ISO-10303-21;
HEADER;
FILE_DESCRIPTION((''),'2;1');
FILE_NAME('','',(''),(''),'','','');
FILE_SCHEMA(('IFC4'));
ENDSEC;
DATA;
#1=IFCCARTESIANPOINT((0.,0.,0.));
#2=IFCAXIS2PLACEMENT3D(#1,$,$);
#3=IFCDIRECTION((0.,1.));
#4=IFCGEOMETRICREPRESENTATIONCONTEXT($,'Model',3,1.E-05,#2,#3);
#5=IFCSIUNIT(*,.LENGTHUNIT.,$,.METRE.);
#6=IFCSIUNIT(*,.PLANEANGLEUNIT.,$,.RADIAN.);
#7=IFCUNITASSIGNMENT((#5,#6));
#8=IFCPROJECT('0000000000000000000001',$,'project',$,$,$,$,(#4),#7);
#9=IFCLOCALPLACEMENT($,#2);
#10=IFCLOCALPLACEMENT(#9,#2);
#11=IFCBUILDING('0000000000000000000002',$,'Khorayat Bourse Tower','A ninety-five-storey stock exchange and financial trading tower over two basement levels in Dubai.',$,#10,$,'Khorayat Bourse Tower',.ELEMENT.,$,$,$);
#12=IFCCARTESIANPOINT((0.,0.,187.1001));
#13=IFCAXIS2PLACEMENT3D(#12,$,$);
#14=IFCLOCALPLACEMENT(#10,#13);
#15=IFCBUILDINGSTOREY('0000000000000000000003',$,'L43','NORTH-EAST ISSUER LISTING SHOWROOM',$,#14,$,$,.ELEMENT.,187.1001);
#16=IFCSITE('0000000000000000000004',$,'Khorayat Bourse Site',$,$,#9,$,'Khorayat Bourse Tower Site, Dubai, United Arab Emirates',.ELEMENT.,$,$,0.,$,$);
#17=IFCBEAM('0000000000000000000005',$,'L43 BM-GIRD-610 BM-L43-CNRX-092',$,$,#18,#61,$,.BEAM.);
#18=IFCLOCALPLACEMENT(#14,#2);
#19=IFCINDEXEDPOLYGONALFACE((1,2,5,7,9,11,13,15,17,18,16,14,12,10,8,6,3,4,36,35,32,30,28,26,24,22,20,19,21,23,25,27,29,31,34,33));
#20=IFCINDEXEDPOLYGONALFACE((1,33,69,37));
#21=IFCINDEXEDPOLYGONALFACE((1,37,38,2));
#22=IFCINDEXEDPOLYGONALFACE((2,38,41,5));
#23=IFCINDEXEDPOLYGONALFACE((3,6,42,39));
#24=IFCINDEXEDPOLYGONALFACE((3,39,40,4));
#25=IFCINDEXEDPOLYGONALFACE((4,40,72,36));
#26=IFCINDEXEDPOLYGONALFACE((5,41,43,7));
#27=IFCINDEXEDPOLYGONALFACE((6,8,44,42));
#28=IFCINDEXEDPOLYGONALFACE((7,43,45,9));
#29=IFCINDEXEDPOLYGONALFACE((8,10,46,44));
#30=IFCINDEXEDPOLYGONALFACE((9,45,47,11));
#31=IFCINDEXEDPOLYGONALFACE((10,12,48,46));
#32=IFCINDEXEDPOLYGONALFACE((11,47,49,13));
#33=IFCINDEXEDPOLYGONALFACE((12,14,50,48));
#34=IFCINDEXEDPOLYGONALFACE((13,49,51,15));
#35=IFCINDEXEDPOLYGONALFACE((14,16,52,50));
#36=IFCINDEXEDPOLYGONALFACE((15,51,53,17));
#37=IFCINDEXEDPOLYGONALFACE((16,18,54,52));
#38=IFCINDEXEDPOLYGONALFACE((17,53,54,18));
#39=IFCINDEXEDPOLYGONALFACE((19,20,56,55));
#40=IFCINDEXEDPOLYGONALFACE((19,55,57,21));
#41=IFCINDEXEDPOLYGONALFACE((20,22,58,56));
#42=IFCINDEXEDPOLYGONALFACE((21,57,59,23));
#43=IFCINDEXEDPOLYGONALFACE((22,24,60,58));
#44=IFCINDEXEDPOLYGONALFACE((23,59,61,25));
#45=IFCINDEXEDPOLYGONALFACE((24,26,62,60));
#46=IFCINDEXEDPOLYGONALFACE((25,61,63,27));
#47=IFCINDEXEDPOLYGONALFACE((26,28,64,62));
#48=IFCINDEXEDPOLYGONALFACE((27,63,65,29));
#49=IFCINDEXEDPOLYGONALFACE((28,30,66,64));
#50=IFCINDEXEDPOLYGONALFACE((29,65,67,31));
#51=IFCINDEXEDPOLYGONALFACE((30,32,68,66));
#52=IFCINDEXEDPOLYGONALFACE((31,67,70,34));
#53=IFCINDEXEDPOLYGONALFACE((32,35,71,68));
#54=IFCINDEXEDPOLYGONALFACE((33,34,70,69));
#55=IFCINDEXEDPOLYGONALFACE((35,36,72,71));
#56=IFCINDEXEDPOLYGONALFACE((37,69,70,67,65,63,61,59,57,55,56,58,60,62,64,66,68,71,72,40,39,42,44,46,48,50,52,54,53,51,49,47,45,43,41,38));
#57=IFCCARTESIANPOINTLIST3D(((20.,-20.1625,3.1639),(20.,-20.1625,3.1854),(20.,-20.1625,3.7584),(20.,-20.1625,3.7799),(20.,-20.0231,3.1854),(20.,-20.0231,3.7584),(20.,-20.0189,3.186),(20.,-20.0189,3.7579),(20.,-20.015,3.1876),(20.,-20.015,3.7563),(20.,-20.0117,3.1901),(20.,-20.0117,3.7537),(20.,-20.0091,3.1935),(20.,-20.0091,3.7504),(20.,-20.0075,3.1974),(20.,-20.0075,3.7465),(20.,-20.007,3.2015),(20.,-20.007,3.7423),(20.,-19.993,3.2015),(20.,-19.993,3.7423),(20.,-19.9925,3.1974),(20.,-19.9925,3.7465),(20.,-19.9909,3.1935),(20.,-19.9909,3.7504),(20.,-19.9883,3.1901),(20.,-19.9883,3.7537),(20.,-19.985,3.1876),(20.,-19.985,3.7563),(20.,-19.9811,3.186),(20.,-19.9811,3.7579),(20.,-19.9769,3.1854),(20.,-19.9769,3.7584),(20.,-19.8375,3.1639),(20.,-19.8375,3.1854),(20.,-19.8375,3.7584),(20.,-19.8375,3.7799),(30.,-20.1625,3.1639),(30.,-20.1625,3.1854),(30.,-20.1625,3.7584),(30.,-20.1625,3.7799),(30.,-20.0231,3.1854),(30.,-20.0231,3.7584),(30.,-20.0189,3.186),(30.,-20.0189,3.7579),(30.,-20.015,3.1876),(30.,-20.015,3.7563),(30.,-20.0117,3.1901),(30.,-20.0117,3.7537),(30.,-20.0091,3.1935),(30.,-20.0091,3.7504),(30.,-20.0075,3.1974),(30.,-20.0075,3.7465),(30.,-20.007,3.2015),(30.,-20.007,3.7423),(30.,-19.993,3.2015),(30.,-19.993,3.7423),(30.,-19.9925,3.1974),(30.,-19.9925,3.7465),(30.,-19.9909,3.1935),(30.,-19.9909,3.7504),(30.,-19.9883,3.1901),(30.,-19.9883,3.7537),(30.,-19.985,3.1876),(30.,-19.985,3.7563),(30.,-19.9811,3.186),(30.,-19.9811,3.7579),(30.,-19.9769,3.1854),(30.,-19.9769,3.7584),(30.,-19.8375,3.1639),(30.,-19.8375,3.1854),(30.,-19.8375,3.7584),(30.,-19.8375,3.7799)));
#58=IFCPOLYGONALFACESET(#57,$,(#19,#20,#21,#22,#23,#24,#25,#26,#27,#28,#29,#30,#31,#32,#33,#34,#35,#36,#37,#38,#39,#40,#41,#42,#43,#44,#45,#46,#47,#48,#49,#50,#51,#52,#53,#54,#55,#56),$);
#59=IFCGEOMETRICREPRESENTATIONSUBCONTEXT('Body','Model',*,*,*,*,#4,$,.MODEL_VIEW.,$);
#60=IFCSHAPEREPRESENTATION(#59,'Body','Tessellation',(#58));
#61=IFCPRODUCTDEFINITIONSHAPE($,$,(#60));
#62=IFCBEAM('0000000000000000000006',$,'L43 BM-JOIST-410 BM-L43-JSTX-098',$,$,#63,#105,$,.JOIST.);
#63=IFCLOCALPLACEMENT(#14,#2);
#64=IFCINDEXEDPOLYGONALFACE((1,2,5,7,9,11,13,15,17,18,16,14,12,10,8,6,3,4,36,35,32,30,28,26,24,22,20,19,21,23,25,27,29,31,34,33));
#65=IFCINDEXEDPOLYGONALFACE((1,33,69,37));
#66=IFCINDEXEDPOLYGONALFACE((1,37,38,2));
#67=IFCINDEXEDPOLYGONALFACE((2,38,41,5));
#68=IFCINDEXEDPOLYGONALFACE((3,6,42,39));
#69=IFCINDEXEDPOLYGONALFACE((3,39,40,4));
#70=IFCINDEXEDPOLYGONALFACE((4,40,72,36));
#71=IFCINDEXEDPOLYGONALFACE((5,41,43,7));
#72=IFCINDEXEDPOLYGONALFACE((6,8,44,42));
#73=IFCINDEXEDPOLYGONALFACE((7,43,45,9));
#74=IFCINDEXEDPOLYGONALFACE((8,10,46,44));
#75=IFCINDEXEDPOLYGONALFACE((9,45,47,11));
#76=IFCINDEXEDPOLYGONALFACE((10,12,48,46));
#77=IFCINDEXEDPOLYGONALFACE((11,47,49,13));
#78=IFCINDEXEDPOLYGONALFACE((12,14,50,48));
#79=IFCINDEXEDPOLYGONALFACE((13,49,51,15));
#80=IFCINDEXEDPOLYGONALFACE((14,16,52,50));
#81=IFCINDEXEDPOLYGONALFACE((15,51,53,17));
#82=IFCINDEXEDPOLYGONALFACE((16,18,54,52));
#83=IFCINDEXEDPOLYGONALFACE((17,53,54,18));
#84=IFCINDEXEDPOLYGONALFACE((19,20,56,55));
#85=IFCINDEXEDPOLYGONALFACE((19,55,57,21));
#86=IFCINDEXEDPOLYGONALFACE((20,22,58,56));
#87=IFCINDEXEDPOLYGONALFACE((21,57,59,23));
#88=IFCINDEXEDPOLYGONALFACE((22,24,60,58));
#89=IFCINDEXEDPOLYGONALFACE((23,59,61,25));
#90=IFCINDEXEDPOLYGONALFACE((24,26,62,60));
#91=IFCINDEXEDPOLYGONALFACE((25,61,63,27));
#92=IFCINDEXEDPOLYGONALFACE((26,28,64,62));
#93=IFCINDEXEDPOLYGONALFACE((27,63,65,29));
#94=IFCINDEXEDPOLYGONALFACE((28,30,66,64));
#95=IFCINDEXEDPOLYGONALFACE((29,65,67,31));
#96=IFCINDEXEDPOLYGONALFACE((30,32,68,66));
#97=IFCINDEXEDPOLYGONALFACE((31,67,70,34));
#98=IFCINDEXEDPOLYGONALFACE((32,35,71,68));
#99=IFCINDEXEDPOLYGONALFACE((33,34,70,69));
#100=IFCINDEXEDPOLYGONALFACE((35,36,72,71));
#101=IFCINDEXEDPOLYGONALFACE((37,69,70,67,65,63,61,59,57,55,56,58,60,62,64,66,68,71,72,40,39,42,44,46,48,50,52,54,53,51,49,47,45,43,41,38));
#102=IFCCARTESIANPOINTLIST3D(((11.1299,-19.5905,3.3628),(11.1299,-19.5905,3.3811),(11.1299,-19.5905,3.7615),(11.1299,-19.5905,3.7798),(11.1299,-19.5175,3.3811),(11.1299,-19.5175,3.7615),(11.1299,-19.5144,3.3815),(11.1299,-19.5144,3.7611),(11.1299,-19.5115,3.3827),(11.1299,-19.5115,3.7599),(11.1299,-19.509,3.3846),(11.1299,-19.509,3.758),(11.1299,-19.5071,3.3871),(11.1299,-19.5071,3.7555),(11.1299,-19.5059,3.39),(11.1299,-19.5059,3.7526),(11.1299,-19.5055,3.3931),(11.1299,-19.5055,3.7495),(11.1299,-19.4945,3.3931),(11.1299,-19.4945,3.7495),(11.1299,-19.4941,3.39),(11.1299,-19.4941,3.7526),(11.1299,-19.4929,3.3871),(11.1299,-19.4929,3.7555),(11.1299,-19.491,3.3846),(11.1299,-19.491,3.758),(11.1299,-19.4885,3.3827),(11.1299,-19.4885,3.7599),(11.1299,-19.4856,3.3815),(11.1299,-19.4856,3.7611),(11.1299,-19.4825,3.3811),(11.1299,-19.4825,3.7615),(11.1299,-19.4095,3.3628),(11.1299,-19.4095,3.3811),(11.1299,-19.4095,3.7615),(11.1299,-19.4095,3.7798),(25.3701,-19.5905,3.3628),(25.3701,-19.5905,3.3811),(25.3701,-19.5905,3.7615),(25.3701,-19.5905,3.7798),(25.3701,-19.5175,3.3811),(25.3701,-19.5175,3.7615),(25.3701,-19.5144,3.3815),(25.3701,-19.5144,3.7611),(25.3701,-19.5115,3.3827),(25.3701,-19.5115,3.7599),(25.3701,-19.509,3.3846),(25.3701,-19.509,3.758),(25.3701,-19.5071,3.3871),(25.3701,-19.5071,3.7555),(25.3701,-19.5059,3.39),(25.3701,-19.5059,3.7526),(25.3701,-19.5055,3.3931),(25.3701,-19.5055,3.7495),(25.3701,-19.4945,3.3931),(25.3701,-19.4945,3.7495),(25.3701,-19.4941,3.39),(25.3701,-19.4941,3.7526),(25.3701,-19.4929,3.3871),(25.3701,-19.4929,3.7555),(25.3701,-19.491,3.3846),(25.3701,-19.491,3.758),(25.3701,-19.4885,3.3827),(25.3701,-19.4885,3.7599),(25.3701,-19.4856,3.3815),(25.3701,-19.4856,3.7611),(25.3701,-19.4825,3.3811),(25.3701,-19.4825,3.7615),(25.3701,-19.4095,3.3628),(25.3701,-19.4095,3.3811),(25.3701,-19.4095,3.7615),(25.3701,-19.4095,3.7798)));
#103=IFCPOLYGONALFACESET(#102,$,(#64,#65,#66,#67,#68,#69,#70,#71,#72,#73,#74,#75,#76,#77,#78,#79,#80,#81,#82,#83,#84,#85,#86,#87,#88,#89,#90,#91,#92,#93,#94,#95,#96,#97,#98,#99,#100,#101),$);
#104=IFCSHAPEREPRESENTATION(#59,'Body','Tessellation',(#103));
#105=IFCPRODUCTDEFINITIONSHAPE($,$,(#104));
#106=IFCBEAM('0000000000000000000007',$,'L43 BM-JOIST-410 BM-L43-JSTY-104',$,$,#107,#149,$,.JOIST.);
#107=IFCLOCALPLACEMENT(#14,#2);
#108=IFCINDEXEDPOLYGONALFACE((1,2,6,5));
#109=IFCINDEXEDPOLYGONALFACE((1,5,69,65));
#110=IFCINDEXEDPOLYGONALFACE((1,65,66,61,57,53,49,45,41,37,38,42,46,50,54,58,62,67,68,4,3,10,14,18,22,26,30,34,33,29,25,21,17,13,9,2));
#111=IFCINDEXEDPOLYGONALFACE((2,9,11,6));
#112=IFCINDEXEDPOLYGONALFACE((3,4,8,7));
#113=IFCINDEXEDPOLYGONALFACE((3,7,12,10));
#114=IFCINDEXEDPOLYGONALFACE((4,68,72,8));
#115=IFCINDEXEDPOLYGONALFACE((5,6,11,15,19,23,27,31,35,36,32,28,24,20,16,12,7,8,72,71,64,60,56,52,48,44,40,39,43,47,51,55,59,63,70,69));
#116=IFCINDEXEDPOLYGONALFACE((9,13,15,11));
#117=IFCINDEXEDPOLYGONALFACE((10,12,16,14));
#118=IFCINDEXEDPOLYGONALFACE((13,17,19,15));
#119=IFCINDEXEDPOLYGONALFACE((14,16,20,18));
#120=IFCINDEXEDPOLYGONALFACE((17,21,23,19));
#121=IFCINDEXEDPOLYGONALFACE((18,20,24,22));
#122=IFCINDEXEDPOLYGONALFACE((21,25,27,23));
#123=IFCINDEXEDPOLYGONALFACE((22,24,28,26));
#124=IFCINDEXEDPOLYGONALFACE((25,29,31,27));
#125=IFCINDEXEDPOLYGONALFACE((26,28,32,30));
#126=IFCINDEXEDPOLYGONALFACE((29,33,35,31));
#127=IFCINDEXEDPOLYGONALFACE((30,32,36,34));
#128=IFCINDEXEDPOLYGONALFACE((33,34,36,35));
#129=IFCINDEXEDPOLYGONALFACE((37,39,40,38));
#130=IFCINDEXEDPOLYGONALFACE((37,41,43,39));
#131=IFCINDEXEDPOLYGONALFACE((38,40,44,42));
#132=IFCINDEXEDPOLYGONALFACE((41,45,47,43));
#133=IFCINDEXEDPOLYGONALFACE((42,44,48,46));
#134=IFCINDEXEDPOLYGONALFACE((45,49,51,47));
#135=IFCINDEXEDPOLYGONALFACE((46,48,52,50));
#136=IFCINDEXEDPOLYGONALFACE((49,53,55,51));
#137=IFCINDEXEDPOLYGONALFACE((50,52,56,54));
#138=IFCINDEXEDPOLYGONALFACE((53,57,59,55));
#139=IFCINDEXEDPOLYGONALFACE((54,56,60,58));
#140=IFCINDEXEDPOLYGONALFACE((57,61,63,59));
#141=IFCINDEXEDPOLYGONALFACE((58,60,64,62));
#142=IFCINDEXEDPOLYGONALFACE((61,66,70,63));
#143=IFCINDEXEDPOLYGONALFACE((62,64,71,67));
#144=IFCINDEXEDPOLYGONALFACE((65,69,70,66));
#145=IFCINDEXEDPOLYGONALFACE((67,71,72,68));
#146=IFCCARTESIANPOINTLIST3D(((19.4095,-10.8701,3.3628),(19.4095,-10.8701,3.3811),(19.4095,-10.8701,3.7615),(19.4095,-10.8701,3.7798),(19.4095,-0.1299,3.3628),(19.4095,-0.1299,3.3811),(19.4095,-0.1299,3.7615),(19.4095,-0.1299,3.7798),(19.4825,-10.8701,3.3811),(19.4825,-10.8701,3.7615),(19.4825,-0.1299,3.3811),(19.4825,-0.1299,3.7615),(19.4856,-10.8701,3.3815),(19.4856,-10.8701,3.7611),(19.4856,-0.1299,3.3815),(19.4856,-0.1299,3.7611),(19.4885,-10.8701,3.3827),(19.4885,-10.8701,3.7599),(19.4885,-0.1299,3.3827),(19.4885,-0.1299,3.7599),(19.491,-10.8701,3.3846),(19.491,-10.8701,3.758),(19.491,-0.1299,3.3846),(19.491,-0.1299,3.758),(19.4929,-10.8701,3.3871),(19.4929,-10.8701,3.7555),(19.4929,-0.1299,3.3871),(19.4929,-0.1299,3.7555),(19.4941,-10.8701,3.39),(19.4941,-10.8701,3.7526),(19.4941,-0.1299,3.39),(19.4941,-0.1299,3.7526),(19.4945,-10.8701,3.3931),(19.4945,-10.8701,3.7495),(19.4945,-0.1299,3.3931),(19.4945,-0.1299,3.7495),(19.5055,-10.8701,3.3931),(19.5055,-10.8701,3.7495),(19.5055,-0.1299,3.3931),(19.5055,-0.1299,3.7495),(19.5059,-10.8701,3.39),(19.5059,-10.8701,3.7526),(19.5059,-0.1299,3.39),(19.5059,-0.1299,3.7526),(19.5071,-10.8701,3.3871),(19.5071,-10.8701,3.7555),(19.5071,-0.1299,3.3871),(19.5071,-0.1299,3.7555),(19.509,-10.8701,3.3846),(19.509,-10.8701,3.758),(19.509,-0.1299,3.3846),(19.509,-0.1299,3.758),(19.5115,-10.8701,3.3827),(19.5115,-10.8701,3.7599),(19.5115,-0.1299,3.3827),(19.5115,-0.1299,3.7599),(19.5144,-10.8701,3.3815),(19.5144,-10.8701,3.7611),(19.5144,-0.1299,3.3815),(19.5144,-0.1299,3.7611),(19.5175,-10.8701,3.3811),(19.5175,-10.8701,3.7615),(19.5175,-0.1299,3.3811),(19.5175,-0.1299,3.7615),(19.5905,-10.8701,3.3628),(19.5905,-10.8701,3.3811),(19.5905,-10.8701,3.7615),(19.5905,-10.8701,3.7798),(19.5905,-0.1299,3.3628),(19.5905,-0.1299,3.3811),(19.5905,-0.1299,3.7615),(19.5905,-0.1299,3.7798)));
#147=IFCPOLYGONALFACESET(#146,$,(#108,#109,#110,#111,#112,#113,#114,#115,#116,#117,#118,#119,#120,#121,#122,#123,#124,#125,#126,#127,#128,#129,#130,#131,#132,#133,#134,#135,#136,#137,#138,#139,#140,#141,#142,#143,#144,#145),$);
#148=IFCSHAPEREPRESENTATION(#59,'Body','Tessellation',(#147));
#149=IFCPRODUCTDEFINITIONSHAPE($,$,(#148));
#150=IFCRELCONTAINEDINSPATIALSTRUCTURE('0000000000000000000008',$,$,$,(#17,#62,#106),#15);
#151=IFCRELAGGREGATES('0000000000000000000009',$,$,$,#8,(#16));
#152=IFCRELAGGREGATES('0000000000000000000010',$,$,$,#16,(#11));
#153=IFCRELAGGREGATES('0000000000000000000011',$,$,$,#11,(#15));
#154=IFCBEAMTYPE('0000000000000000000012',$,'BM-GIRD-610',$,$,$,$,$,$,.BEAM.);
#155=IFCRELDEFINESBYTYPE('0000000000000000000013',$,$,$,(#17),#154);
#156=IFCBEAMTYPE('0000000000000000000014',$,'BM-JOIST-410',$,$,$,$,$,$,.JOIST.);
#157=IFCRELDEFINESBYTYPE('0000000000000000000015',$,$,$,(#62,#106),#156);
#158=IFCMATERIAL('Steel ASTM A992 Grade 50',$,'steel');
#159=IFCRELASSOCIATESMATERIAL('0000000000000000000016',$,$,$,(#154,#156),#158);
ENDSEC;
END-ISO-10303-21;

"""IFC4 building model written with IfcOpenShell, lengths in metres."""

from ifc_helpers import new_model, si_unit, direction, frame, origin, origin_2d, place, context, subcontext, project, spatial, i_section, extrude, source, transform, mapped, material, material_profile, profile_set, type_object, element, save


model = new_model("IFC4")

# Units and contexts
model_context = context("Model", 3, precision=1e-05, world=origin(), true_north=direction((0.0, 1.0)))
body_context = subcontext(model_context, "Body", "Model", "MODEL_VIEW")
ifc_project = project(units=[si_unit("LENGTHUNIT", "METRE"), si_unit("PLANEANGLEUNIT", "RADIAN")], contexts=[model_context])

# Site, building, storey
site_placement = place(None, origin())
site = spatial("IfcSite", under=ifc_project, at=site_placement, Name="Khorayat Bourse Site", LongName="Khorayat Bourse Tower Site, Dubai, United Arab Emirates", CompositionType="ELEMENT", RefElevation=0.0)
building_placement = place(site_placement, origin())
building = spatial("IfcBuilding", under=site, at=building_placement, Name="Khorayat Bourse Tower", Description="A ninety-five-storey stock exchange and financial trading tower over two basement levels in Dubai.", LongName="Khorayat Bourse Tower", CompositionType="ELEMENT")
storey_placement = place(building_placement, frame((0.0, 0.0, 187.1001)))
storey = spatial("IfcBuildingStorey", under=building, at=storey_placement, Name="L43", Description="NORTH-EAST ISSUER LISTING SHOWROOM", CompositionType="ELEMENT", Elevation=187.1001)

# Beams
ifc_material_1 = material(Name="Steel ASTM A992 Grade 50", Category="steel")
ifc_material_profile_1 = material_profile(ifc_material_1, i_section(OverallWidth=0.325, OverallDepth=0.616, WebThickness=0.0139, FlangeThickness=0.0215, FilletRadius=0.0161, at=origin_2d()), Name="W610X174")
ifc_profile_set_1 = profile_set([ifc_material_profile_1], Name="Steel ASTM A992 Grade 50")
beam_type_1 = type_object("IfcBeamType", Name="BM-GIRD-610", PredefinedType="BEAM", material=ifc_profile_set_1)
shared_shape_1 = source(origin(), body_context, "Body", "SweptSolid", [
    extrude(i_section(OverallWidth=0.325, OverallDepth=0.616, WebThickness=0.0139, FlangeThickness=0.0215, FilletRadius=0.0161, at=origin_2d()), origin(), (0.0, 0.0, 1.0), 10.0),
])
beam_1_placement = place(storey_placement, frame((20.0, -20.0, 3.4719), z_axis=(1.0, 0.0, 0.0), x_axis=(0.0, 1.0, 0.0)))
element("IfcBeam", 1, at=beam_1_placement, inside=storey, type_object=beam_type_1, Name="L43 BM-GIRD-610 BM-L43-CNRX-092", PredefinedType="BEAM", context=body_context, shape_type="MappedRepresentation", body=[
    mapped(shared_shape_1, transform((0.0, 0.0, 0.0), scale=1.0)),
])
ifc_material_profile_2 = material_profile(ifc_material_1, i_section(OverallWidth=0.1809, OverallDepth=0.417, WebThickness=0.011, FlangeThickness=0.0183, FilletRadius=0.012, at=origin_2d()), Name="W410X85")
ifc_profile_set_2 = profile_set([ifc_material_profile_2], Name="Steel ASTM A992 Grade 50")
beam_type_2 = type_object("IfcBeamType", Name="BM-JOIST-410", PredefinedType="JOIST", material=ifc_profile_set_2)
shared_shape_2 = source(origin(), body_context, "Body", "SweptSolid", [
    extrude(i_section(OverallWidth=0.1809, OverallDepth=0.417, WebThickness=0.011, FlangeThickness=0.0183, FilletRadius=0.012, at=origin_2d()), origin(), (0.0, 0.0, 1.0), 14.2402),
])
beam_2_placement = place(storey_placement, frame((11.1299, -19.5, 3.5713), z_axis=(1.0, 0.0, 0.0), x_axis=(0.0, 1.0, 0.0)))
element("IfcBeam", 2, at=beam_2_placement, inside=storey, type_object=beam_type_2, Name="L43 BM-JOIST-410 BM-L43-JSTX-098", PredefinedType="JOIST", context=body_context, shape_type="MappedRepresentation", body=[
    mapped(shared_shape_2, transform((0.0, 0.0, 0.0), scale=1.0)),
])
shared_shape_3 = source(origin(), body_context, "Body", "SweptSolid", [
    extrude(i_section(OverallWidth=0.1809, OverallDepth=0.417, WebThickness=0.011, FlangeThickness=0.0183, FilletRadius=0.012, at=origin_2d()), origin(), (0.0, 0.0, 1.0), 10.7402),
])
beam_3_placement = place(storey_placement, frame((19.5, -10.8701, 3.5713), z_axis=(0.0, 1.0, 0.0), x_axis=(-1.0, 0.0, 0.0)))
element("IfcBeam", 3, at=beam_3_placement, inside=storey, type_object=beam_type_2, Name="L43 BM-JOIST-410 BM-L43-JSTY-104", PredefinedType="JOIST", context=body_context, shape_type="MappedRepresentation", body=[
    mapped(shared_shape_3, transform((0.0, 0.0, 0.0), scale=1.0)),
])

save(model, "model.ifc")
